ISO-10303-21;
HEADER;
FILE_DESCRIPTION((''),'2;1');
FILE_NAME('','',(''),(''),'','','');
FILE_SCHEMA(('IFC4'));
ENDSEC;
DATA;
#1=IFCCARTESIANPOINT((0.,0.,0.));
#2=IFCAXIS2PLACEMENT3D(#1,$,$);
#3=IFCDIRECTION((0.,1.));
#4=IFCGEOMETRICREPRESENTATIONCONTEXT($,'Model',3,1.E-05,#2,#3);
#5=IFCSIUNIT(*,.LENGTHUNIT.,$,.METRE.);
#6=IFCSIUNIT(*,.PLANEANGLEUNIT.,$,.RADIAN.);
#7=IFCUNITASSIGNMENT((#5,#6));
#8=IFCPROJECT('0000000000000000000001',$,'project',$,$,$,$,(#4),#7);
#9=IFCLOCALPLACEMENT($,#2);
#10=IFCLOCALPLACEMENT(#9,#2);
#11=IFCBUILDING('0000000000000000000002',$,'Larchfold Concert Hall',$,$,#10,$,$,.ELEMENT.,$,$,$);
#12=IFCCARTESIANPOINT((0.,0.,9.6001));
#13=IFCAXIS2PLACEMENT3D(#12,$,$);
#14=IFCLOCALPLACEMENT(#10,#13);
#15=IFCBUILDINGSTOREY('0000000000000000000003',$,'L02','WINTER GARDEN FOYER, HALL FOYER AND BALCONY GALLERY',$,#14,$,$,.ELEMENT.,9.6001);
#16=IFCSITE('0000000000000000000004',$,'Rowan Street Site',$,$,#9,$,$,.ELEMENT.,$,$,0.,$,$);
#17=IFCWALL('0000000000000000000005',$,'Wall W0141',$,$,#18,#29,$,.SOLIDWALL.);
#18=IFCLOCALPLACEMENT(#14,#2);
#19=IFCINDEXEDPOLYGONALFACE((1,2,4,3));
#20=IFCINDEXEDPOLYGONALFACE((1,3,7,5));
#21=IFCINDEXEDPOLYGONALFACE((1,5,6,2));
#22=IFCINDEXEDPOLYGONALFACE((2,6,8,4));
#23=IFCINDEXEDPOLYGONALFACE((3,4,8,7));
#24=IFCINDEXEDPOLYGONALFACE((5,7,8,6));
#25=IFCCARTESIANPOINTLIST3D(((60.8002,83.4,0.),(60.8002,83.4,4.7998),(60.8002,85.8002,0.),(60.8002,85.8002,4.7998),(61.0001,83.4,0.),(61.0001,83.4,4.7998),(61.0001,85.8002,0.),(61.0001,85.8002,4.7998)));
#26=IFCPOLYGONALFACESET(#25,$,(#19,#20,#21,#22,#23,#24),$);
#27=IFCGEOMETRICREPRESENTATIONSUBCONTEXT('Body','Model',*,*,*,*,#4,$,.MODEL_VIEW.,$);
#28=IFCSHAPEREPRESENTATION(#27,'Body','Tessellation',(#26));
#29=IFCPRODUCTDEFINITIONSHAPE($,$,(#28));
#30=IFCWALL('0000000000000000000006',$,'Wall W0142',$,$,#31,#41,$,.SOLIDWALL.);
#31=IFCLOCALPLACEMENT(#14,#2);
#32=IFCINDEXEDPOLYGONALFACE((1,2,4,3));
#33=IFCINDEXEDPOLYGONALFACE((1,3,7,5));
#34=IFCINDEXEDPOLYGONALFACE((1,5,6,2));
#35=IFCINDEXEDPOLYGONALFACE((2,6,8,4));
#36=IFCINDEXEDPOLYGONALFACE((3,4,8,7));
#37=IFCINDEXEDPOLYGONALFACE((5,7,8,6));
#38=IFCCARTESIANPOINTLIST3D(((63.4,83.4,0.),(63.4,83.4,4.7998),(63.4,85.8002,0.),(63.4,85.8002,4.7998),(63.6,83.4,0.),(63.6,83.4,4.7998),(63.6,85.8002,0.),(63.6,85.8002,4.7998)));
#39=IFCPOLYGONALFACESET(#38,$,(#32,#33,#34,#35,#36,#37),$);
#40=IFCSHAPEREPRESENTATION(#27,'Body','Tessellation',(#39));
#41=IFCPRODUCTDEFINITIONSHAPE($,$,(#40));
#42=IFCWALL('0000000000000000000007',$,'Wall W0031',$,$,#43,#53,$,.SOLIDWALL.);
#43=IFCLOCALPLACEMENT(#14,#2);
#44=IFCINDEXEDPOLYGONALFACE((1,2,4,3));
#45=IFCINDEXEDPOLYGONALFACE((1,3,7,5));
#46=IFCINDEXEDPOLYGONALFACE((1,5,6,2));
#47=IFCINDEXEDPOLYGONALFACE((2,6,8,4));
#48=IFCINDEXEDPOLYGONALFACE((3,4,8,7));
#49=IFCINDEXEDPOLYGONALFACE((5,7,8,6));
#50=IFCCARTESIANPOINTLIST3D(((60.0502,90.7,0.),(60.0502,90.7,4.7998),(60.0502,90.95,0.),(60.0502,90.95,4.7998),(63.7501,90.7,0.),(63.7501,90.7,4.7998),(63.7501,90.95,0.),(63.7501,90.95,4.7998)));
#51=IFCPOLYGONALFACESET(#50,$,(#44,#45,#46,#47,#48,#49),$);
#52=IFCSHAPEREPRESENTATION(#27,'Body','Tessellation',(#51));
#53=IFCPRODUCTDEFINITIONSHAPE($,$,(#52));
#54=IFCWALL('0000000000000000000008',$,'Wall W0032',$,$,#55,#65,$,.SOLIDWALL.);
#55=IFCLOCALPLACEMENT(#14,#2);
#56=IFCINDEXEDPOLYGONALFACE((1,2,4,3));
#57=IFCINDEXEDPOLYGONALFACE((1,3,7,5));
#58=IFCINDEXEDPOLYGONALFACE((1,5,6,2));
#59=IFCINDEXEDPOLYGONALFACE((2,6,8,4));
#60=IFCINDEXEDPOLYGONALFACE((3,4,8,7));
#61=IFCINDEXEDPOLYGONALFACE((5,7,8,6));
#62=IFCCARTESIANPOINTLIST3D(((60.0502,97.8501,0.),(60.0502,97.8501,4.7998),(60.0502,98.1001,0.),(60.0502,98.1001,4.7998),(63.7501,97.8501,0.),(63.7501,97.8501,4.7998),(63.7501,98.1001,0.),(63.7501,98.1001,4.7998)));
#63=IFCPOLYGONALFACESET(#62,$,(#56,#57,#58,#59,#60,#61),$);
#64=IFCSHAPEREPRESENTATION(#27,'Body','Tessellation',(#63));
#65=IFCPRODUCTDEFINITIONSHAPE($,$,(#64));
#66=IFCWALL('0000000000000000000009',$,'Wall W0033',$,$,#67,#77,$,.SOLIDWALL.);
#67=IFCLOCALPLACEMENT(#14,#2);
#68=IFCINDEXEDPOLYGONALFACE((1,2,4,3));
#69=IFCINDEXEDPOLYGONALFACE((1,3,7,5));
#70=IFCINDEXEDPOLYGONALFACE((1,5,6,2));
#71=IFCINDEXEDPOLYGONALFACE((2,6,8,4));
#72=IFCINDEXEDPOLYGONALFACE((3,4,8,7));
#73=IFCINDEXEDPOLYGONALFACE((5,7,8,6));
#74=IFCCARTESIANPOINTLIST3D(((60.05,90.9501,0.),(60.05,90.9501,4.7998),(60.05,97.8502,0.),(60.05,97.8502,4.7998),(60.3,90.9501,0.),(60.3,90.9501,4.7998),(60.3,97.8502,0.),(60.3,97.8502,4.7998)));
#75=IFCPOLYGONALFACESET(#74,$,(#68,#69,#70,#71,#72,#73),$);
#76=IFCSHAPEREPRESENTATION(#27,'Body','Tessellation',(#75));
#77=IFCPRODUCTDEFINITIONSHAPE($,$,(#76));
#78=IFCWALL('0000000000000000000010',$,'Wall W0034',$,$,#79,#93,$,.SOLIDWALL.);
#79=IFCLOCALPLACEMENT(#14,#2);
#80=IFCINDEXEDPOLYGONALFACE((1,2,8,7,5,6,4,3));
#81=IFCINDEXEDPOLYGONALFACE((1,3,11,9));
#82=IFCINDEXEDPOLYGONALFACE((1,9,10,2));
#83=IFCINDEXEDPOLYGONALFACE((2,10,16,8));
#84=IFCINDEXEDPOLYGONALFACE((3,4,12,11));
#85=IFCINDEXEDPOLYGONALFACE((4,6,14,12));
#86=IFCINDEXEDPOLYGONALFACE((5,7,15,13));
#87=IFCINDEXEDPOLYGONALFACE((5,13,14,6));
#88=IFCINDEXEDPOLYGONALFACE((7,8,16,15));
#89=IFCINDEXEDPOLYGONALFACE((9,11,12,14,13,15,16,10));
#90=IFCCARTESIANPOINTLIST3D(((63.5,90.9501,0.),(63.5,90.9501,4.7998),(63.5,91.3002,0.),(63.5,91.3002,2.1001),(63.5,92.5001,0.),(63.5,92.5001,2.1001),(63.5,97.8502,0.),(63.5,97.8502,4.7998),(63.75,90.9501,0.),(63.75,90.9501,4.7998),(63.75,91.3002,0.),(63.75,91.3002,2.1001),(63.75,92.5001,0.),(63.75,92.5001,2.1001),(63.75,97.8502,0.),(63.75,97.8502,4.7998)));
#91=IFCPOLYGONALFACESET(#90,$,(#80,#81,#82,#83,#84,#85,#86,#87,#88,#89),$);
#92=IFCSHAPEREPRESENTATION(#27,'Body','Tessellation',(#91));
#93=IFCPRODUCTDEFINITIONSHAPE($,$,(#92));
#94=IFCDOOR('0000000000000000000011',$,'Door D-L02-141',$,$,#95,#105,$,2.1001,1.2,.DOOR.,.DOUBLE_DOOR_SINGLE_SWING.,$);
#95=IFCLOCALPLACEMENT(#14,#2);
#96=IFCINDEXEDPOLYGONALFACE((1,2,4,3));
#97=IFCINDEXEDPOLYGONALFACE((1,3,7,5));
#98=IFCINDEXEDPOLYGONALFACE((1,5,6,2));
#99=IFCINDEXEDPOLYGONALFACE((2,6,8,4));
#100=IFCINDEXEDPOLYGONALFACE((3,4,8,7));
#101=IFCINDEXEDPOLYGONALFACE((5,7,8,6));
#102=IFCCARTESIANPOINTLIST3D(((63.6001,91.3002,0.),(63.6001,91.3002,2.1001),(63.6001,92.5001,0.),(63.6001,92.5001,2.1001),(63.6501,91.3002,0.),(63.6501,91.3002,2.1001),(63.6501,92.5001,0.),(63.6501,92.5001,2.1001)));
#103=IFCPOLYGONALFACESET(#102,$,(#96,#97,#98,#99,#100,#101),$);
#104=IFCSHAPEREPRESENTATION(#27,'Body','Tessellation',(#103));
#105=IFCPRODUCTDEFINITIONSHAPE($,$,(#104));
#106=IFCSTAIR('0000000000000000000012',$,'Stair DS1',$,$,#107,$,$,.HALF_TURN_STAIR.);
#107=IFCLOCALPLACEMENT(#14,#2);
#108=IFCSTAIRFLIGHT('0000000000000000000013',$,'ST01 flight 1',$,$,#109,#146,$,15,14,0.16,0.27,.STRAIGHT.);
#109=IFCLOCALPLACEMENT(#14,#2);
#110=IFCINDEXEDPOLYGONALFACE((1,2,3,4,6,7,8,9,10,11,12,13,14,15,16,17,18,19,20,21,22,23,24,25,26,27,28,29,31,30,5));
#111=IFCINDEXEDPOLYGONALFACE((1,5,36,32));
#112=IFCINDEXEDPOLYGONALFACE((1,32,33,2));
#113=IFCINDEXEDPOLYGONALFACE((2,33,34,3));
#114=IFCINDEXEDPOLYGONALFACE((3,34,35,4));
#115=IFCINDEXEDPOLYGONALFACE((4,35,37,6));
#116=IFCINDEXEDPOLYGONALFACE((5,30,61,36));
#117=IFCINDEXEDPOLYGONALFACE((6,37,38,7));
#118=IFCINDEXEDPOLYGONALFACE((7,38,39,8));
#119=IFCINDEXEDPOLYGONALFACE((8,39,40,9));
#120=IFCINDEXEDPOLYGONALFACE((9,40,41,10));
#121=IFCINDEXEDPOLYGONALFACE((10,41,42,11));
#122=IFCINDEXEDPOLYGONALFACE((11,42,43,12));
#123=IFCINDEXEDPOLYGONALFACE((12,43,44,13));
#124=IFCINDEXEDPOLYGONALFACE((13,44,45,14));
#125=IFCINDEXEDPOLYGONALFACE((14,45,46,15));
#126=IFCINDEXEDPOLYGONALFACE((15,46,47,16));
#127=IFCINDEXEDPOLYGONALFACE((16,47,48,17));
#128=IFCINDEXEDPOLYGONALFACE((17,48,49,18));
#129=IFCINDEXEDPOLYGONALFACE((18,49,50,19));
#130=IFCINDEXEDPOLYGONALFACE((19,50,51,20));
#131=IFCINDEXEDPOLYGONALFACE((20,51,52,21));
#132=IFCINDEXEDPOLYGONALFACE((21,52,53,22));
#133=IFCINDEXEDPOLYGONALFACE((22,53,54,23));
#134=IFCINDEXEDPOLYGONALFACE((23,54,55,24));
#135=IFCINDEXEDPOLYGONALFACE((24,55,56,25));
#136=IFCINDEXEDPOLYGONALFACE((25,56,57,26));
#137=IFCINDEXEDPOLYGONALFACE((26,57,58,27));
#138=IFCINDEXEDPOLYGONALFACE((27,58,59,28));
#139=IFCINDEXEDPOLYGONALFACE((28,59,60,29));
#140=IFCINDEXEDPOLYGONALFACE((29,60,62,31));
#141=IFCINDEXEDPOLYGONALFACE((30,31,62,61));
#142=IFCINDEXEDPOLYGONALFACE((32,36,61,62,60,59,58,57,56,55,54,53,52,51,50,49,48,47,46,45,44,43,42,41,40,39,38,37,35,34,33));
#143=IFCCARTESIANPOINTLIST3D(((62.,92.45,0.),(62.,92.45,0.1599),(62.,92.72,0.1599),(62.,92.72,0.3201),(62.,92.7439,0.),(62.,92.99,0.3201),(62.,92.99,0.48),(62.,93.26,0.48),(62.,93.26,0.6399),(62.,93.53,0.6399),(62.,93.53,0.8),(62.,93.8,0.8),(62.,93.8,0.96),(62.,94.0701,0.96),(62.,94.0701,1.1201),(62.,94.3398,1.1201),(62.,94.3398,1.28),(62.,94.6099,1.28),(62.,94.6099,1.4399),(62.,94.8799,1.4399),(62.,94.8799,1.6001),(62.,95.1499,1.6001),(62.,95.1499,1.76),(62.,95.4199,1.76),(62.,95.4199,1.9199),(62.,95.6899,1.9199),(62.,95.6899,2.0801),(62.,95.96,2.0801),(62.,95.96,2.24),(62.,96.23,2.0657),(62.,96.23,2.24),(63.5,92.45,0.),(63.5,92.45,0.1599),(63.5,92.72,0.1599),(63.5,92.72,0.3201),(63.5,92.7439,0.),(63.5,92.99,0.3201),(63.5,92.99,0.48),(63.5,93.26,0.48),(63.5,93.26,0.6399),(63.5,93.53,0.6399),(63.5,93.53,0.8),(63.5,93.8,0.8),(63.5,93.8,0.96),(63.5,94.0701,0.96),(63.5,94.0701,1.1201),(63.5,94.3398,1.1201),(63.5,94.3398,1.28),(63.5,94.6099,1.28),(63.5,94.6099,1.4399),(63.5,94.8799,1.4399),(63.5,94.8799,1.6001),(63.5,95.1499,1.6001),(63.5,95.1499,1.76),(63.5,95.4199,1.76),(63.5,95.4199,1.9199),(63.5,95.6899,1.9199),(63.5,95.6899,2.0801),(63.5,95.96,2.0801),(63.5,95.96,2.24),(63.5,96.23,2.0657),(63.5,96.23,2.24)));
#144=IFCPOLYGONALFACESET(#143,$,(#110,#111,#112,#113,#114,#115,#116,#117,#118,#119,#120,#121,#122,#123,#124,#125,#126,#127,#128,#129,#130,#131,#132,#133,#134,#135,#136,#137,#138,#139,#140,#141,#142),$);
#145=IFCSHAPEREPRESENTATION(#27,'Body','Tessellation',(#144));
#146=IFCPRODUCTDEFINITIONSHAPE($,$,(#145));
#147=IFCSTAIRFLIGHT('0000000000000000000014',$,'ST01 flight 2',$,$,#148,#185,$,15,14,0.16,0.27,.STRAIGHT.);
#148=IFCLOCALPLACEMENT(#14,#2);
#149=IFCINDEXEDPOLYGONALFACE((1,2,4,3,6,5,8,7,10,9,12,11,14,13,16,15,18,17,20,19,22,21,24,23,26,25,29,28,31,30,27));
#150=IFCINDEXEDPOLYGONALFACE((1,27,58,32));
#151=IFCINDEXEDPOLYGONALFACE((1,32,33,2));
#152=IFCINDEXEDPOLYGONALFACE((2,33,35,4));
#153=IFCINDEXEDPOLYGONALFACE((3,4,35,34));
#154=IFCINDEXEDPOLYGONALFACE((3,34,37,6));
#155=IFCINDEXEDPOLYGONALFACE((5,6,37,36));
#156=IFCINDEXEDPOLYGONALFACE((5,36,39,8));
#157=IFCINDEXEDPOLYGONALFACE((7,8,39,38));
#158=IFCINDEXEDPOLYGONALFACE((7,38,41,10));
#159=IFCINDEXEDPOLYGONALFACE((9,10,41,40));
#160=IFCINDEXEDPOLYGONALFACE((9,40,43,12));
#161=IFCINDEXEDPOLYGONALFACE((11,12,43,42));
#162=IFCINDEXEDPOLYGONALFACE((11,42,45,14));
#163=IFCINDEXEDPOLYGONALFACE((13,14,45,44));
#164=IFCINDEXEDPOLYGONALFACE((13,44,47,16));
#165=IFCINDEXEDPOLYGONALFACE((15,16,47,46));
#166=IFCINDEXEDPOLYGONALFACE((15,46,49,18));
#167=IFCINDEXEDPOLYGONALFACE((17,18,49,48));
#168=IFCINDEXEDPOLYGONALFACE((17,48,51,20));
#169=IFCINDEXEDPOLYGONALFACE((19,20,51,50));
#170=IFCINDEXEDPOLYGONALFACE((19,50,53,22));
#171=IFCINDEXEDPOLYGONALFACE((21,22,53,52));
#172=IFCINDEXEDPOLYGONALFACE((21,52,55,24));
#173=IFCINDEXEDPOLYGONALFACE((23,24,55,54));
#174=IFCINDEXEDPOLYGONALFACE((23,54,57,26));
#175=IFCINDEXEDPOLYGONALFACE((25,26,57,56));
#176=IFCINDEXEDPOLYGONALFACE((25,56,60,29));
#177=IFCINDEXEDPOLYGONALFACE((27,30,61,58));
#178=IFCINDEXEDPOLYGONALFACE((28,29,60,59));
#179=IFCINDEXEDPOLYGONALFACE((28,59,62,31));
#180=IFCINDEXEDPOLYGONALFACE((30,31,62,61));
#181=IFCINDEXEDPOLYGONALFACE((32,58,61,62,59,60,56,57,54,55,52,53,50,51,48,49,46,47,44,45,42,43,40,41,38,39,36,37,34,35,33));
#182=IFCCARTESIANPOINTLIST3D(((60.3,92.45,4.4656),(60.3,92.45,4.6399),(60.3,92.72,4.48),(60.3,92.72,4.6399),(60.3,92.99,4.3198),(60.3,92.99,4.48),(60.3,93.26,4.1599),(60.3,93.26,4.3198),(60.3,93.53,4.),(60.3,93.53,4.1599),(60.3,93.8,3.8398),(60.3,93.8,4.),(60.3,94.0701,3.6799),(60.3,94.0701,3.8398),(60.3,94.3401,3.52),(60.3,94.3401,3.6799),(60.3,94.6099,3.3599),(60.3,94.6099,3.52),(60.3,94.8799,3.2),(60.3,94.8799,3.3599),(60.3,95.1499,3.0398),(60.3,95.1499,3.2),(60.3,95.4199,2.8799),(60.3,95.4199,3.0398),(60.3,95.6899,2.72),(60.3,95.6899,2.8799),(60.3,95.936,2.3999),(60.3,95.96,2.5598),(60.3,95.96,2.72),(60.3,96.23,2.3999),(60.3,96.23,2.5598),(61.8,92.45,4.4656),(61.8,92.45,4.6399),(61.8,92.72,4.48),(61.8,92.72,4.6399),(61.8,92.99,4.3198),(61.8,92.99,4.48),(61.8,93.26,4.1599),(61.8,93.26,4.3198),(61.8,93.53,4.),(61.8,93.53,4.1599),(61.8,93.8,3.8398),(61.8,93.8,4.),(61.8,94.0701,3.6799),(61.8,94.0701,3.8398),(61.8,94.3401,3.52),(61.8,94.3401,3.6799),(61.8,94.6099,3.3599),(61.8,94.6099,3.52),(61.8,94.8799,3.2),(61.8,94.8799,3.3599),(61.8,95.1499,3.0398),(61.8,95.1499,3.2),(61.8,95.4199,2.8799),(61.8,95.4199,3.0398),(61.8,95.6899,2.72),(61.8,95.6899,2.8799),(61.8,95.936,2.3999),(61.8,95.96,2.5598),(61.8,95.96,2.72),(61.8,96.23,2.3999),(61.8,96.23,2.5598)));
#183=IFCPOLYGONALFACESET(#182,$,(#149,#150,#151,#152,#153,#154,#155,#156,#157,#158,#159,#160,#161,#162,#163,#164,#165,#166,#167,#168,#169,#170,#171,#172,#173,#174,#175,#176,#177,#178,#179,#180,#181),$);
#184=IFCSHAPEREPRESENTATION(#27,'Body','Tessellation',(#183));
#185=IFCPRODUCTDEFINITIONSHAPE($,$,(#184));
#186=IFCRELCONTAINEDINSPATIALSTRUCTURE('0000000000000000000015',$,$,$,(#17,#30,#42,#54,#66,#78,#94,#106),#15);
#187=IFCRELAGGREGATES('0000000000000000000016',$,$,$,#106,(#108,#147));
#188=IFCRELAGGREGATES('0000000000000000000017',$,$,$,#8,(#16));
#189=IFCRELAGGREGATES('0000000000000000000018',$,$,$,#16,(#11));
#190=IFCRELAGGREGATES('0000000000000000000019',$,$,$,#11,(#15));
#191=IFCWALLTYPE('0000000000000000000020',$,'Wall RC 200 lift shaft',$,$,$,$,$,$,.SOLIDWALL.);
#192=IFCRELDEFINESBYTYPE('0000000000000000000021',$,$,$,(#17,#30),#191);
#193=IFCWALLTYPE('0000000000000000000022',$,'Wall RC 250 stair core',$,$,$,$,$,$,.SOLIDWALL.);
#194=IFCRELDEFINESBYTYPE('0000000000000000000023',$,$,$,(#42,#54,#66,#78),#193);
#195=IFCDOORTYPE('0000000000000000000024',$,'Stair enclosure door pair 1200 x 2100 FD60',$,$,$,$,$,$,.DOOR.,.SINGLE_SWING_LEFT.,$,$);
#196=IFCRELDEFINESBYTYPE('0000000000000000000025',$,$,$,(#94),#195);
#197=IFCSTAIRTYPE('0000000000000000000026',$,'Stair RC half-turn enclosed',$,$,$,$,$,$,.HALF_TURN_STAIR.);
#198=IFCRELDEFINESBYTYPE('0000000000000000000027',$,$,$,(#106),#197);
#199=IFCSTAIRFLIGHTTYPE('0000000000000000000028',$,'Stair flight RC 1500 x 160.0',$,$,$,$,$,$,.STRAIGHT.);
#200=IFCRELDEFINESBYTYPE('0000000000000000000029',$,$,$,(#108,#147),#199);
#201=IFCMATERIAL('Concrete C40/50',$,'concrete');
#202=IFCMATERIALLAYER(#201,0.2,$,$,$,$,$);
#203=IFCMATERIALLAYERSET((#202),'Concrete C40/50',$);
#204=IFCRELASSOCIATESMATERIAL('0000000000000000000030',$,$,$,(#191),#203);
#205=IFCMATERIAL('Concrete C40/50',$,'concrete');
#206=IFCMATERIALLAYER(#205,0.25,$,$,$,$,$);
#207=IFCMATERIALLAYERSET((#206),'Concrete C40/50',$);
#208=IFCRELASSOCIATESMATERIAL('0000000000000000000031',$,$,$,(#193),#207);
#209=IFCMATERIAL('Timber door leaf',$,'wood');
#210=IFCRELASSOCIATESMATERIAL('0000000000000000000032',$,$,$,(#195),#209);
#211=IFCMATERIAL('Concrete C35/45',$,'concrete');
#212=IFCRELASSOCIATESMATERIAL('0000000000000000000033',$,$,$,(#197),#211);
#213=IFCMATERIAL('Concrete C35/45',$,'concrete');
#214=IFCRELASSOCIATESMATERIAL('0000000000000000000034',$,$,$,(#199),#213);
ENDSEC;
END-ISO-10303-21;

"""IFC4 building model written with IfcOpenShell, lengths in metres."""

from ifc_helpers import new_model, si_unit, direction, frame, frame_2d, origin, place, context, subcontext, project, spatial, polyline, rectangle, outline, extrude, material, layer, layer_set, type_object, element, fill, aggregate, save


model = new_model("IFC4")

# Units and contexts
model_context = context("Model", 3, precision=1e-05, world=origin(), true_north=direction((0.0, 1.0)))
body_context = subcontext(model_context, "Body", "Model", "MODEL_VIEW")
ifc_project = project(units=[si_unit("LENGTHUNIT", "METRE"), si_unit("PLANEANGLEUNIT", "RADIAN")], contexts=[model_context])

# Site, building, storey
site_placement = place(None, origin())
site = spatial("IfcSite", under=ifc_project, at=site_placement, Name="Rowan Street Site", CompositionType="ELEMENT", RefElevation=0.0)
building_placement = place(site_placement, origin())
building = spatial("IfcBuilding", under=site, at=building_placement, Name="Larchfold Concert Hall", CompositionType="ELEMENT")
storey_placement = place(building_placement, frame((0.0, 0.0, 9.6001)))
storey = spatial("IfcBuildingStorey", under=building, at=storey_placement, Name="L02", Description="WINTER GARDEN FOYER, HALL FOYER AND BALCONY GALLERY", CompositionType="ELEMENT", Elevation=9.6001)

# Shared definitions
ifc_material_1 = material(Name="Concrete C40/50", Category="concrete")
ifc_layer_1 = layer(ifc_material_1, 0.2)
ifc_layer_set_1 = layer_set([ifc_layer_1], Name="Concrete C40/50")
wall_type_1 = type_object("IfcWallType", Name="Wall RC 200 lift shaft", PredefinedType="SOLIDWALL", material=ifc_layer_set_1)

# Walls
for number, where, z_axis, x_axis, name in (
    (1, (60.9001, 83.3999, 0.0), (0.0, 0.0, 1.0), (0.0, 1.0, 0.0), "Wall W0141"),
    (2, (63.5, 83.3999, 0.0), (0.0, 0.0, 1.0), (0.0, 1.0, 0.0), "Wall W0142"),
):
    element("IfcWall", number, at=place(storey_placement, frame(where, z_axis=z_axis, x_axis=x_axis)), inside=storey, type_object=wall_type_1, Name=name, PredefinedType="SOLIDWALL", context=body_context, shape_type="SweptSolid", body=[
        extrude(rectangle(XDim=2.4001, YDim=0.2, at=frame_2d((1.2002, 0.0))), origin(), (0.0, 0.0, 1.0), 4.7998),
    ])
ifc_material_2 = material(Name="Concrete C40/50", Category="concrete")
ifc_layer_2 = layer(ifc_material_2, 0.25)
ifc_layer_set_2 = layer_set([ifc_layer_2], Name="Concrete C40/50")
wall_type_2 = type_object("IfcWallType", Name="Wall RC 250 stair core", PredefinedType="SOLIDWALL", material=ifc_layer_set_2)
for number, where, z_axis, x_axis, name in (
    (3, (60.05, 90.825, 0.0), (0.0, 0.0, 1.0), (1.0, 0.0, 0.0), "Wall W0031"),
    (4, (60.05, 97.9751, 0.0), (0.0, 0.0, 1.0), (1.0, 0.0, 0.0), "Wall W0032"),
):
    element("IfcWall", number, at=place(storey_placement, frame(where, z_axis=z_axis, x_axis=x_axis)), inside=storey, type_object=wall_type_2, Name=name, PredefinedType="SOLIDWALL", context=body_context, shape_type="SweptSolid", body=[
        extrude(rectangle(XDim=3.7, YDim=0.25, at=frame_2d((1.8501, 0.0))), origin(), (0.0, 0.0, 1.0), 4.7998),
    ])
wall_1_placement = place(storey_placement, frame((60.175, 90.95, 0.0), z_axis=(0.0, 0.0, 1.0), x_axis=(0.0, 1.0, 0.0)))
element("IfcWall", 5, at=wall_1_placement, inside=storey, type_object=wall_type_2, Name="Wall W0033", PredefinedType="SOLIDWALL", context=body_context, shape_type="SweptSolid", body=[
    extrude(rectangle(XDim=6.9001, YDim=0.25, at=frame_2d((3.4502, 0.0))), origin(), (0.0, 0.0, 1.0), 4.7998),
])

# Wall, opening, door
wall_2_placement = place(storey_placement, frame((63.625, 90.95, 0.0), z_axis=(0.0, 0.0, 1.0), x_axis=(0.0, 1.0, 0.0)))
wall_2 = element("IfcWall", 6, at=wall_2_placement, inside=storey, type_object=wall_type_2, Name="Wall W0034", PredefinedType="SOLIDWALL", context=body_context, shape_type="SweptSolid", body=[
    extrude(rectangle(XDim=6.9001, YDim=0.25, at=frame_2d((3.4502, 0.0))), origin(), (0.0, 0.0, 1.0), 4.7998),
])
opening_1_placement = place(wall_2_placement, frame((0.3501, 0.0, 0.0)))
opening_1 = element("IfcOpeningElement", 7, at=opening_1_placement, cuts=wall_2, PredefinedType="OPENING", context=body_context, shape_type="SweptSolid", body=[
    extrude(rectangle(XDim=1.2, YDim=2.1001, at=frame_2d((0.6001, 1.05))), frame((0.0, 0.135, 0.0), z_axis=(0.0, -1.0, 0.0), x_axis=(1.0, 0.0, 0.0)), (0.0, 0.0, 1.0), 0.27),
])
ifc_material_3 = material(Name="Timber door leaf", Category="wood")
door_type_1 = type_object("IfcDoorType", Name="Stair enclosure door pair 1200 x 2100 FD60", OperationType="SINGLE_SWING_LEFT", PredefinedType="DOOR", material=ifc_material_3)
door_1_placement = place(opening_1_placement, origin())
door_1 = element("IfcDoor", 8, at=door_1_placement, inside=storey, type_object=door_type_1, Name="Door D-L02-141", OperationType="DOUBLE_DOOR_SINGLE_SWING", OverallHeight=2.1001, OverallWidth=1.2, PredefinedType="DOOR", context=body_context, shape_type="SweptSolid", body=[
    extrude(rectangle(XDim=1.2, YDim=2.1001, at=frame_2d((0.6001, 1.05))), frame((0.0, 0.0249, 0.0), z_axis=(0.0, -1.0, 0.0), x_axis=(1.0, 0.0, 0.0)), (0.0, 0.0, 1.0), 0.05),
])
fill(opening_1, door_1)

# Stair, stair flights
ifc_material_4 = material(Name="Concrete C35/45", Category="concrete")
stair_type = type_object("IfcStairType", Name="Stair RC half-turn enclosed", PredefinedType="HALF_TURN_STAIR", material=ifc_material_4)
stair_placement = place(storey_placement, origin())
stair = element("IfcStair", 9, at=stair_placement, inside=storey, type_object=stair_type, Name="Stair DS1", PredefinedType="HALF_TURN_STAIR")
ifc_material_5 = material(Name="Concrete C35/45", Category="concrete")
stair_flight_type = type_object("IfcStairFlightType", Name="Stair flight RC 1500 x 160.0", PredefinedType="STRAIGHT", material=ifc_material_5)
stair_flight_1_placement = place(storey_placement, frame((62.75, 92.45, 0.0), z_axis=(0.0, 0.0, 1.0), x_axis=(0.0, 1.0, 0.0)))
stair_flight_1 = element("IfcStairFlight", 10, at=stair_flight_1_placement, type_object=stair_flight_type, Name="ST01 flight 1", NumberOfRisers=15, NumberOfTreads=14, PredefinedType="STRAIGHT", RiserHeight=0.16, TreadLength=0.27, context=body_context, shape_type="SweptSolid", body=[
    extrude(outline(polyline([(0.0, 0.0), (0.0, 0.1599), (0.27, 0.1599), (0.27, 0.3201), (0.54, 0.3201), (0.54, 0.48), (0.8101, 0.48), (0.8101, 0.6399), (1.0801, 0.6399), (1.0801, 0.8), (1.3501, 0.8), (1.3501, 0.96), (1.6201, 0.96), (1.6201, 1.1201), (1.8899, 1.1201), (1.8899, 1.28), (2.1599, 1.28), (2.1599, 1.4399), (2.4299, 1.4399), (2.4299, 1.6001), (2.7, 1.6001), (2.7, 1.76), (2.97, 1.76), (2.97, 1.9199), (3.24, 1.9199), (3.24, 2.0801), (3.51, 2.0801), (3.51, 2.24), (3.78, 2.24), (3.78, 2.3999), (3.78, 2.0657), (0.2939, 0.0), (0.0, 0.0)])), frame((0.0, 0.75, 0.0), z_axis=(0.0, -1.0, 0.0), x_axis=(1.0, 0.0, 0.0)), (0.0, 0.0, 1.0), 1.5),
])
stair_flight_2_placement = place(storey_placement, frame((61.05, 96.23, 2.3999), z_axis=(0.0, 0.0, 1.0), x_axis=(0.0, -1.0, 0.0)))
stair_flight_2 = element("IfcStairFlight", 11, at=stair_flight_2_placement, type_object=stair_flight_type, Name="ST01 flight 2", NumberOfRisers=15, NumberOfTreads=14, PredefinedType="STRAIGHT", RiserHeight=0.16, TreadLength=0.27, context=body_context, shape_type="SweptSolid", body=[
    extrude(outline(polyline([(0.0, 0.0), (0.0, 0.1599), (0.27, 0.1599), (0.27, 0.3201), (0.54, 0.3201), (0.54, 0.48), (0.8101, 0.48), (0.8101, 0.6399), (1.0801, 0.6399), (1.0801, 0.8), (1.3501, 0.8), (1.3501, 0.96), (1.6201, 0.96), (1.6201, 1.1201), (1.8899, 1.1201), (1.8899, 1.28), (2.1599, 1.28), (2.1599, 1.4399), (2.4299, 1.4399), (2.4299, 1.6001), (2.7, 1.6001), (2.7, 1.76), (2.97, 1.76), (2.97, 1.9199), (3.24, 1.9199), (3.24, 2.0801), (3.51, 2.0801), (3.51, 2.24), (3.78, 2.24), (3.78, 2.3999), (3.78, 2.0657), (0.2939, 0.0), (0.0, 0.0)])), frame((0.0, 0.75, 0.0), z_axis=(0.0, -1.0, 0.0), x_axis=(1.0, 0.0, 0.0)), (0.0, 0.0, 1.0), 1.5),
])
aggregate(stair, [stair_flight_1, stair_flight_2])

save(model, "model.ifc")
